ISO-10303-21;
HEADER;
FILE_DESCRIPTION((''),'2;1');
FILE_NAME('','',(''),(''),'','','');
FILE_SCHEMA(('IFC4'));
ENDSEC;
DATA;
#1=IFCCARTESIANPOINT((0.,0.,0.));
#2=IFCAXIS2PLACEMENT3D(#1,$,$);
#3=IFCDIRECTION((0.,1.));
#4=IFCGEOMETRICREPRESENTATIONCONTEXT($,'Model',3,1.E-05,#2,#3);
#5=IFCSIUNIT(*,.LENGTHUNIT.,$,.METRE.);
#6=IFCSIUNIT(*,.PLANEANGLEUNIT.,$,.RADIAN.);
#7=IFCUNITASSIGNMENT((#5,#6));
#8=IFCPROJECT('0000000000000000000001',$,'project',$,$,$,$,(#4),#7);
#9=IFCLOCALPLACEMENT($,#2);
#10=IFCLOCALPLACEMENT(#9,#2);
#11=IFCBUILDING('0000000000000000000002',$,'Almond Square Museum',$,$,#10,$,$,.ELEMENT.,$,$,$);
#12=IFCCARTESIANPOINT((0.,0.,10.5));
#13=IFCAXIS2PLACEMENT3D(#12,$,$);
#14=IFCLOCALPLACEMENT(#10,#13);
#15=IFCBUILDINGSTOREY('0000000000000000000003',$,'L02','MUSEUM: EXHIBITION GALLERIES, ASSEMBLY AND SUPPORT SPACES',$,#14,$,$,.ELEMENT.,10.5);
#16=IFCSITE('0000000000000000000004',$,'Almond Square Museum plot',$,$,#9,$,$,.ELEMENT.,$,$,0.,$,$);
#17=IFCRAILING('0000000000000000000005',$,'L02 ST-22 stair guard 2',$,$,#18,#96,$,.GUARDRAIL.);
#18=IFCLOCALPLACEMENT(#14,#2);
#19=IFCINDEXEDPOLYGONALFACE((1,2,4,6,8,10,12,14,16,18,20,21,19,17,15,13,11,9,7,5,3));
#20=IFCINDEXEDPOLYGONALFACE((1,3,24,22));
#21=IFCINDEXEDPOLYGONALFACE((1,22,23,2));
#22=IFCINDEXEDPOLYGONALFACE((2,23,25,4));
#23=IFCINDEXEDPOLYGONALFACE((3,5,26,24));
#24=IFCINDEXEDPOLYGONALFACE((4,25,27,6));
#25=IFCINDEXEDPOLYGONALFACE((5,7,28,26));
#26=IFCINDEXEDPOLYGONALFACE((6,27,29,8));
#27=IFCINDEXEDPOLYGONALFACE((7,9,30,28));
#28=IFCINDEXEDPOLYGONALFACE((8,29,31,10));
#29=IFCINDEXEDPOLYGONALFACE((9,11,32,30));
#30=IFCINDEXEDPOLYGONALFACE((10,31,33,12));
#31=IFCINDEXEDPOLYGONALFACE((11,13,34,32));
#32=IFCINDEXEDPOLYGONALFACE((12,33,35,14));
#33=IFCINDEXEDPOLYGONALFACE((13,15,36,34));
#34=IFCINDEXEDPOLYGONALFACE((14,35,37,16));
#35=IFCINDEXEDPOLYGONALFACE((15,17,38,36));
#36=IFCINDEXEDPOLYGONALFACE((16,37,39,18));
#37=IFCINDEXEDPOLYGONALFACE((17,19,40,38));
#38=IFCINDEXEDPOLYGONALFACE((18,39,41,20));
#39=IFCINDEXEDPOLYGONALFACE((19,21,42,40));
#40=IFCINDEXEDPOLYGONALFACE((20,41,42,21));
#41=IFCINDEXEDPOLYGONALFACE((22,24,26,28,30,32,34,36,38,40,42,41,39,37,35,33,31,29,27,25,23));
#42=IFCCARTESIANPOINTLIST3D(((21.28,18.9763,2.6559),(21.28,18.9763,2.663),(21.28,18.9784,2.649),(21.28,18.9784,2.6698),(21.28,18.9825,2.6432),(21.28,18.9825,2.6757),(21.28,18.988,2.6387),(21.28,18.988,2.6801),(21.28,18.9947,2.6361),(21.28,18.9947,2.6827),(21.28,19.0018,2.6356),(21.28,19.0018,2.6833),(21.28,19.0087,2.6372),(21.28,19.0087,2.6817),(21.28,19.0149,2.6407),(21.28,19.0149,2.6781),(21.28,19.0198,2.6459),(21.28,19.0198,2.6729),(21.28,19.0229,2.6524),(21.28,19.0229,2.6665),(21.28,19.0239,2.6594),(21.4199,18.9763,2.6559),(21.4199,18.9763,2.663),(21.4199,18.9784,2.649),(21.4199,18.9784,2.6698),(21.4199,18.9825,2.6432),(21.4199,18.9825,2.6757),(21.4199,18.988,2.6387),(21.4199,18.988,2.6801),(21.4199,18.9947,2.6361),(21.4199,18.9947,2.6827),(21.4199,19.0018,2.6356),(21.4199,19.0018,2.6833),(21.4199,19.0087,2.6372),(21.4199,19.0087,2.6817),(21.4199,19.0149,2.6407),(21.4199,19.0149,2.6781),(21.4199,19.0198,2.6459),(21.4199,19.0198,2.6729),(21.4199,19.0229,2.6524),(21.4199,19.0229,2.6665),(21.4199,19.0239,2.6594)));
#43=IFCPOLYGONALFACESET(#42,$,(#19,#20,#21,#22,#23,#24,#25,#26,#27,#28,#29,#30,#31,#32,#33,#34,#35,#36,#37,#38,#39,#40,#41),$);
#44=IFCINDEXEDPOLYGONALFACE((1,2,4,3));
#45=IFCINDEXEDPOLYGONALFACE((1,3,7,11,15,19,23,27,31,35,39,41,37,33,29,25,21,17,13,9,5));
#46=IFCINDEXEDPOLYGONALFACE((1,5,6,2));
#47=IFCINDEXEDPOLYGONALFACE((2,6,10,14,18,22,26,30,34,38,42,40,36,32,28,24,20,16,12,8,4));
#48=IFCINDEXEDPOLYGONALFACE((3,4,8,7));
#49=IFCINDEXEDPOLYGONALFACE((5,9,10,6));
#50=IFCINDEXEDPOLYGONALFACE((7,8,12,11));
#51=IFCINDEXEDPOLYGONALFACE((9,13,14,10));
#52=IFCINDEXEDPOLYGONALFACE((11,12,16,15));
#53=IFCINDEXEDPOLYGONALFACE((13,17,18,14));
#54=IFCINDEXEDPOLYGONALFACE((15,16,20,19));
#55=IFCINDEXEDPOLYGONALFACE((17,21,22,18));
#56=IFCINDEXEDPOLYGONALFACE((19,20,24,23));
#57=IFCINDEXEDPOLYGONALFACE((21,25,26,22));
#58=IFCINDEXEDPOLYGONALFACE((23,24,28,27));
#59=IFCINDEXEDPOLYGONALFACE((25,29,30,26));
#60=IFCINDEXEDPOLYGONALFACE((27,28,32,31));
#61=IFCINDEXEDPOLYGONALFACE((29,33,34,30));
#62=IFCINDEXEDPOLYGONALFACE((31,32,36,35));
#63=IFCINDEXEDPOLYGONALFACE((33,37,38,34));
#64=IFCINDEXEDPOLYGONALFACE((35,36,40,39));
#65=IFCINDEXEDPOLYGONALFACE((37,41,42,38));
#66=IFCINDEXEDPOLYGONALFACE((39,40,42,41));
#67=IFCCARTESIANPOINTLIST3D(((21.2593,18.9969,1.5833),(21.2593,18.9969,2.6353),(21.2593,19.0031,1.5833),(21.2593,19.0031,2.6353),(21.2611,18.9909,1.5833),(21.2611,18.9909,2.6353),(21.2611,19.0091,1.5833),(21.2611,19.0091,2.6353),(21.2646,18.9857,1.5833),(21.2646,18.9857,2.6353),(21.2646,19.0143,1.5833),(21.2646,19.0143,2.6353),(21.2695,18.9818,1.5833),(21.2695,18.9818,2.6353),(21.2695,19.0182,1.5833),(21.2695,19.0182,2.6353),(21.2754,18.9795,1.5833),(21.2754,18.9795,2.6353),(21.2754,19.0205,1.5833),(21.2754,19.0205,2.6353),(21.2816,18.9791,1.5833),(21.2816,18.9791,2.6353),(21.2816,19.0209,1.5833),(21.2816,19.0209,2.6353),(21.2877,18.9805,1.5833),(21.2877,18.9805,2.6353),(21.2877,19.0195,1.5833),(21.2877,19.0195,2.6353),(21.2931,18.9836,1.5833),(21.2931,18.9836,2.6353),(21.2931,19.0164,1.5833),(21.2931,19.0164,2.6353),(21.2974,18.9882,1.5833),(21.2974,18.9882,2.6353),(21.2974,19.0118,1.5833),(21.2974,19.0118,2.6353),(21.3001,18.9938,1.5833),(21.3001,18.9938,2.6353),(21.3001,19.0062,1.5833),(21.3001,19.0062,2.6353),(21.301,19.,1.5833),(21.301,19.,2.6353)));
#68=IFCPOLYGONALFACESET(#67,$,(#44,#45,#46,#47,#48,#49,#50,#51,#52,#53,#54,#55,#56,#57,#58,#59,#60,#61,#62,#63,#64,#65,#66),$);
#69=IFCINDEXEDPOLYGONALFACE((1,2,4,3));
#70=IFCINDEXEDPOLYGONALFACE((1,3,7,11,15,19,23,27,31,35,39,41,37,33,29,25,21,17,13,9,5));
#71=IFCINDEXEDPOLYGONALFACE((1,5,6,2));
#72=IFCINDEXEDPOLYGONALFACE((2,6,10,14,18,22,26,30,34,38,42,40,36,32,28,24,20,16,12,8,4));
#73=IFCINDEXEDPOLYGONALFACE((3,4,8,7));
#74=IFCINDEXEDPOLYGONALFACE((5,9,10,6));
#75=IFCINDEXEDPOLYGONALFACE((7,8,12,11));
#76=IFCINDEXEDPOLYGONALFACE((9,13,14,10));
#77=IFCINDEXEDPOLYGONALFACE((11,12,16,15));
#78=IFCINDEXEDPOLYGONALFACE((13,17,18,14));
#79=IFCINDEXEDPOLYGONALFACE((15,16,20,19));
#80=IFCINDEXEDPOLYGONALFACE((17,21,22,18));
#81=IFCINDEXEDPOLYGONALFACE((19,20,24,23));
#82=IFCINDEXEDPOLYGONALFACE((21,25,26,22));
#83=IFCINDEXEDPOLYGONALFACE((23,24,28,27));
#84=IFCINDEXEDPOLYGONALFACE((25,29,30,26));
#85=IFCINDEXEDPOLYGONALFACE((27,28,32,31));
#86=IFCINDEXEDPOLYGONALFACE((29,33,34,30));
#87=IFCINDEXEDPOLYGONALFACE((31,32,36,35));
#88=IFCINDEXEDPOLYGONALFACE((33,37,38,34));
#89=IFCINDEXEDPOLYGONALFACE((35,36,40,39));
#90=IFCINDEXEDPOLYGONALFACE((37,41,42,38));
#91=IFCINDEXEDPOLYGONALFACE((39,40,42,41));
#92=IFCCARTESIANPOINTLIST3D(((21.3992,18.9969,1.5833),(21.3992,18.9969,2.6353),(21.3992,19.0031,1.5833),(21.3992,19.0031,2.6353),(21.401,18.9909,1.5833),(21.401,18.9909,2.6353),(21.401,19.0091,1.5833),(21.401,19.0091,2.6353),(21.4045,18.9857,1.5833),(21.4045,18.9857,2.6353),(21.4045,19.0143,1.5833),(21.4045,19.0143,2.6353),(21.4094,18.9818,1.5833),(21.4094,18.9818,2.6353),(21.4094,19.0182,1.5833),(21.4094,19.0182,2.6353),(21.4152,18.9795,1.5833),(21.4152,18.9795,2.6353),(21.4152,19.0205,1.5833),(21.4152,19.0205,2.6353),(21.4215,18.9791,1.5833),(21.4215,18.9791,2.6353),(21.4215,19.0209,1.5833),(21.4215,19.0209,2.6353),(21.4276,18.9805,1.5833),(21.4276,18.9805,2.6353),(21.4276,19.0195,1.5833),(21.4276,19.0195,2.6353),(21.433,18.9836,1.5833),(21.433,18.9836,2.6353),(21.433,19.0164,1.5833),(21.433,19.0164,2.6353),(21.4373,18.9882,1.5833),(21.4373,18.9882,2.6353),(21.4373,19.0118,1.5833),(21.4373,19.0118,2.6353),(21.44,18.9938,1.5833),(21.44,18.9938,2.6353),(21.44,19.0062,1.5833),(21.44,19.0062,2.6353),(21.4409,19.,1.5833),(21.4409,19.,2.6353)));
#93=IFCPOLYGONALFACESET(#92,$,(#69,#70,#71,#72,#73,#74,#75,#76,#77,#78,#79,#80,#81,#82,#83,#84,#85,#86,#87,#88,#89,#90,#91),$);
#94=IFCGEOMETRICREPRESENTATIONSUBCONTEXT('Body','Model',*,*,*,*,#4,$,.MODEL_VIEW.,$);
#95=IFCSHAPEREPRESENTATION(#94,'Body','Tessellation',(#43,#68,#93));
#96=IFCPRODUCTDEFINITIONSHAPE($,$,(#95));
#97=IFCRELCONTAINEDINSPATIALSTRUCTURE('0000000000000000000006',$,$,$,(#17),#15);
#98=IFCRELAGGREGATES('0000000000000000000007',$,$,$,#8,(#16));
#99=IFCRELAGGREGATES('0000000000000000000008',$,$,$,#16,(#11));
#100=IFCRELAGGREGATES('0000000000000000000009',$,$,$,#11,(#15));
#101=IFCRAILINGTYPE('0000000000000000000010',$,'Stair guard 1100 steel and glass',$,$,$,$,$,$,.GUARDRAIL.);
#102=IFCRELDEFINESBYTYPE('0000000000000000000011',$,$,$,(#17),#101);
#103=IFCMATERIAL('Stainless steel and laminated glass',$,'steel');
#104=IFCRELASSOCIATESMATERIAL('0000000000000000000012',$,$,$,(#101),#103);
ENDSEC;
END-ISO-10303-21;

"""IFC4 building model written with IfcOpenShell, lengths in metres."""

from ifc_helpers import new_model, si_unit, direction, frame, origin, origin_2d, place, context, subcontext, project, spatial, circle, extrude, material, type_object, element, save


model = new_model("IFC4")

# Units and contexts
model_context = context("Model", 3, precision=1e-05, world=origin(), true_north=direction((0.0, 1.0)))
body_context = subcontext(model_context, "Body", "Model", "MODEL_VIEW")
ifc_project = project(units=[si_unit("LENGTHUNIT", "METRE"), si_unit("PLANEANGLEUNIT", "RADIAN")], contexts=[model_context])

# Site, building, storey
site_placement = place(None, origin())
site = spatial("IfcSite", under=ifc_project, at=site_placement, Name="Almond Square Museum plot", CompositionType="ELEMENT", RefElevation=0.0)
building_placement = place(site_placement, origin())
building = spatial("IfcBuilding", under=site, at=building_placement, Name="Almond Square Museum", CompositionType="ELEMENT")
storey_placement = place(building_placement, frame((0.0, 0.0, 10.5)))
storey = spatial("IfcBuildingStorey", under=building, at=storey_placement, Name="L02", Description="MUSEUM: EXHIBITION GALLERIES, ASSEMBLY AND SUPPORT SPACES", CompositionType="ELEMENT", Elevation=10.5)

# Railing
ifc_material_1 = material(Name="Stainless steel and laminated glass", Category="steel")
railing_type_1 = type_object("IfcRailingType", Name="Stair guard 1100 steel and glass", PredefinedType="GUARDRAIL", material=ifc_material_1)
railing_1_placement = place(storey_placement, frame((21.28, 19.0, 1.5833)))
element("IfcRailing", 1, at=railing_1_placement, inside=storey, type_object=railing_type_1, Name="L02 ST-22 stair guard 2", PredefinedType="GUARDRAIL", context=body_context, shape_type="SweptSolid", body=[
    extrude(circle(Radius=0.0239, at=origin_2d()), frame((0.0, 0.0, 1.0762), z_axis=(1.0, 0.0, 0.0), x_axis=(0.0, 1.0, 0.0)), (0.0, 0.0, 1.0), 0.1399),
    extrude(circle(Radius=0.021, at=origin_2d()), origin(), (0.0, 0.0, 1.0), 1.052),
    extrude(circle(Radius=0.021, at=origin_2d()), frame((0.1399, 0.0, 0.0)), (0.0, 0.0, 1.0), 1.052),
])

save(model, "model.ifc")
